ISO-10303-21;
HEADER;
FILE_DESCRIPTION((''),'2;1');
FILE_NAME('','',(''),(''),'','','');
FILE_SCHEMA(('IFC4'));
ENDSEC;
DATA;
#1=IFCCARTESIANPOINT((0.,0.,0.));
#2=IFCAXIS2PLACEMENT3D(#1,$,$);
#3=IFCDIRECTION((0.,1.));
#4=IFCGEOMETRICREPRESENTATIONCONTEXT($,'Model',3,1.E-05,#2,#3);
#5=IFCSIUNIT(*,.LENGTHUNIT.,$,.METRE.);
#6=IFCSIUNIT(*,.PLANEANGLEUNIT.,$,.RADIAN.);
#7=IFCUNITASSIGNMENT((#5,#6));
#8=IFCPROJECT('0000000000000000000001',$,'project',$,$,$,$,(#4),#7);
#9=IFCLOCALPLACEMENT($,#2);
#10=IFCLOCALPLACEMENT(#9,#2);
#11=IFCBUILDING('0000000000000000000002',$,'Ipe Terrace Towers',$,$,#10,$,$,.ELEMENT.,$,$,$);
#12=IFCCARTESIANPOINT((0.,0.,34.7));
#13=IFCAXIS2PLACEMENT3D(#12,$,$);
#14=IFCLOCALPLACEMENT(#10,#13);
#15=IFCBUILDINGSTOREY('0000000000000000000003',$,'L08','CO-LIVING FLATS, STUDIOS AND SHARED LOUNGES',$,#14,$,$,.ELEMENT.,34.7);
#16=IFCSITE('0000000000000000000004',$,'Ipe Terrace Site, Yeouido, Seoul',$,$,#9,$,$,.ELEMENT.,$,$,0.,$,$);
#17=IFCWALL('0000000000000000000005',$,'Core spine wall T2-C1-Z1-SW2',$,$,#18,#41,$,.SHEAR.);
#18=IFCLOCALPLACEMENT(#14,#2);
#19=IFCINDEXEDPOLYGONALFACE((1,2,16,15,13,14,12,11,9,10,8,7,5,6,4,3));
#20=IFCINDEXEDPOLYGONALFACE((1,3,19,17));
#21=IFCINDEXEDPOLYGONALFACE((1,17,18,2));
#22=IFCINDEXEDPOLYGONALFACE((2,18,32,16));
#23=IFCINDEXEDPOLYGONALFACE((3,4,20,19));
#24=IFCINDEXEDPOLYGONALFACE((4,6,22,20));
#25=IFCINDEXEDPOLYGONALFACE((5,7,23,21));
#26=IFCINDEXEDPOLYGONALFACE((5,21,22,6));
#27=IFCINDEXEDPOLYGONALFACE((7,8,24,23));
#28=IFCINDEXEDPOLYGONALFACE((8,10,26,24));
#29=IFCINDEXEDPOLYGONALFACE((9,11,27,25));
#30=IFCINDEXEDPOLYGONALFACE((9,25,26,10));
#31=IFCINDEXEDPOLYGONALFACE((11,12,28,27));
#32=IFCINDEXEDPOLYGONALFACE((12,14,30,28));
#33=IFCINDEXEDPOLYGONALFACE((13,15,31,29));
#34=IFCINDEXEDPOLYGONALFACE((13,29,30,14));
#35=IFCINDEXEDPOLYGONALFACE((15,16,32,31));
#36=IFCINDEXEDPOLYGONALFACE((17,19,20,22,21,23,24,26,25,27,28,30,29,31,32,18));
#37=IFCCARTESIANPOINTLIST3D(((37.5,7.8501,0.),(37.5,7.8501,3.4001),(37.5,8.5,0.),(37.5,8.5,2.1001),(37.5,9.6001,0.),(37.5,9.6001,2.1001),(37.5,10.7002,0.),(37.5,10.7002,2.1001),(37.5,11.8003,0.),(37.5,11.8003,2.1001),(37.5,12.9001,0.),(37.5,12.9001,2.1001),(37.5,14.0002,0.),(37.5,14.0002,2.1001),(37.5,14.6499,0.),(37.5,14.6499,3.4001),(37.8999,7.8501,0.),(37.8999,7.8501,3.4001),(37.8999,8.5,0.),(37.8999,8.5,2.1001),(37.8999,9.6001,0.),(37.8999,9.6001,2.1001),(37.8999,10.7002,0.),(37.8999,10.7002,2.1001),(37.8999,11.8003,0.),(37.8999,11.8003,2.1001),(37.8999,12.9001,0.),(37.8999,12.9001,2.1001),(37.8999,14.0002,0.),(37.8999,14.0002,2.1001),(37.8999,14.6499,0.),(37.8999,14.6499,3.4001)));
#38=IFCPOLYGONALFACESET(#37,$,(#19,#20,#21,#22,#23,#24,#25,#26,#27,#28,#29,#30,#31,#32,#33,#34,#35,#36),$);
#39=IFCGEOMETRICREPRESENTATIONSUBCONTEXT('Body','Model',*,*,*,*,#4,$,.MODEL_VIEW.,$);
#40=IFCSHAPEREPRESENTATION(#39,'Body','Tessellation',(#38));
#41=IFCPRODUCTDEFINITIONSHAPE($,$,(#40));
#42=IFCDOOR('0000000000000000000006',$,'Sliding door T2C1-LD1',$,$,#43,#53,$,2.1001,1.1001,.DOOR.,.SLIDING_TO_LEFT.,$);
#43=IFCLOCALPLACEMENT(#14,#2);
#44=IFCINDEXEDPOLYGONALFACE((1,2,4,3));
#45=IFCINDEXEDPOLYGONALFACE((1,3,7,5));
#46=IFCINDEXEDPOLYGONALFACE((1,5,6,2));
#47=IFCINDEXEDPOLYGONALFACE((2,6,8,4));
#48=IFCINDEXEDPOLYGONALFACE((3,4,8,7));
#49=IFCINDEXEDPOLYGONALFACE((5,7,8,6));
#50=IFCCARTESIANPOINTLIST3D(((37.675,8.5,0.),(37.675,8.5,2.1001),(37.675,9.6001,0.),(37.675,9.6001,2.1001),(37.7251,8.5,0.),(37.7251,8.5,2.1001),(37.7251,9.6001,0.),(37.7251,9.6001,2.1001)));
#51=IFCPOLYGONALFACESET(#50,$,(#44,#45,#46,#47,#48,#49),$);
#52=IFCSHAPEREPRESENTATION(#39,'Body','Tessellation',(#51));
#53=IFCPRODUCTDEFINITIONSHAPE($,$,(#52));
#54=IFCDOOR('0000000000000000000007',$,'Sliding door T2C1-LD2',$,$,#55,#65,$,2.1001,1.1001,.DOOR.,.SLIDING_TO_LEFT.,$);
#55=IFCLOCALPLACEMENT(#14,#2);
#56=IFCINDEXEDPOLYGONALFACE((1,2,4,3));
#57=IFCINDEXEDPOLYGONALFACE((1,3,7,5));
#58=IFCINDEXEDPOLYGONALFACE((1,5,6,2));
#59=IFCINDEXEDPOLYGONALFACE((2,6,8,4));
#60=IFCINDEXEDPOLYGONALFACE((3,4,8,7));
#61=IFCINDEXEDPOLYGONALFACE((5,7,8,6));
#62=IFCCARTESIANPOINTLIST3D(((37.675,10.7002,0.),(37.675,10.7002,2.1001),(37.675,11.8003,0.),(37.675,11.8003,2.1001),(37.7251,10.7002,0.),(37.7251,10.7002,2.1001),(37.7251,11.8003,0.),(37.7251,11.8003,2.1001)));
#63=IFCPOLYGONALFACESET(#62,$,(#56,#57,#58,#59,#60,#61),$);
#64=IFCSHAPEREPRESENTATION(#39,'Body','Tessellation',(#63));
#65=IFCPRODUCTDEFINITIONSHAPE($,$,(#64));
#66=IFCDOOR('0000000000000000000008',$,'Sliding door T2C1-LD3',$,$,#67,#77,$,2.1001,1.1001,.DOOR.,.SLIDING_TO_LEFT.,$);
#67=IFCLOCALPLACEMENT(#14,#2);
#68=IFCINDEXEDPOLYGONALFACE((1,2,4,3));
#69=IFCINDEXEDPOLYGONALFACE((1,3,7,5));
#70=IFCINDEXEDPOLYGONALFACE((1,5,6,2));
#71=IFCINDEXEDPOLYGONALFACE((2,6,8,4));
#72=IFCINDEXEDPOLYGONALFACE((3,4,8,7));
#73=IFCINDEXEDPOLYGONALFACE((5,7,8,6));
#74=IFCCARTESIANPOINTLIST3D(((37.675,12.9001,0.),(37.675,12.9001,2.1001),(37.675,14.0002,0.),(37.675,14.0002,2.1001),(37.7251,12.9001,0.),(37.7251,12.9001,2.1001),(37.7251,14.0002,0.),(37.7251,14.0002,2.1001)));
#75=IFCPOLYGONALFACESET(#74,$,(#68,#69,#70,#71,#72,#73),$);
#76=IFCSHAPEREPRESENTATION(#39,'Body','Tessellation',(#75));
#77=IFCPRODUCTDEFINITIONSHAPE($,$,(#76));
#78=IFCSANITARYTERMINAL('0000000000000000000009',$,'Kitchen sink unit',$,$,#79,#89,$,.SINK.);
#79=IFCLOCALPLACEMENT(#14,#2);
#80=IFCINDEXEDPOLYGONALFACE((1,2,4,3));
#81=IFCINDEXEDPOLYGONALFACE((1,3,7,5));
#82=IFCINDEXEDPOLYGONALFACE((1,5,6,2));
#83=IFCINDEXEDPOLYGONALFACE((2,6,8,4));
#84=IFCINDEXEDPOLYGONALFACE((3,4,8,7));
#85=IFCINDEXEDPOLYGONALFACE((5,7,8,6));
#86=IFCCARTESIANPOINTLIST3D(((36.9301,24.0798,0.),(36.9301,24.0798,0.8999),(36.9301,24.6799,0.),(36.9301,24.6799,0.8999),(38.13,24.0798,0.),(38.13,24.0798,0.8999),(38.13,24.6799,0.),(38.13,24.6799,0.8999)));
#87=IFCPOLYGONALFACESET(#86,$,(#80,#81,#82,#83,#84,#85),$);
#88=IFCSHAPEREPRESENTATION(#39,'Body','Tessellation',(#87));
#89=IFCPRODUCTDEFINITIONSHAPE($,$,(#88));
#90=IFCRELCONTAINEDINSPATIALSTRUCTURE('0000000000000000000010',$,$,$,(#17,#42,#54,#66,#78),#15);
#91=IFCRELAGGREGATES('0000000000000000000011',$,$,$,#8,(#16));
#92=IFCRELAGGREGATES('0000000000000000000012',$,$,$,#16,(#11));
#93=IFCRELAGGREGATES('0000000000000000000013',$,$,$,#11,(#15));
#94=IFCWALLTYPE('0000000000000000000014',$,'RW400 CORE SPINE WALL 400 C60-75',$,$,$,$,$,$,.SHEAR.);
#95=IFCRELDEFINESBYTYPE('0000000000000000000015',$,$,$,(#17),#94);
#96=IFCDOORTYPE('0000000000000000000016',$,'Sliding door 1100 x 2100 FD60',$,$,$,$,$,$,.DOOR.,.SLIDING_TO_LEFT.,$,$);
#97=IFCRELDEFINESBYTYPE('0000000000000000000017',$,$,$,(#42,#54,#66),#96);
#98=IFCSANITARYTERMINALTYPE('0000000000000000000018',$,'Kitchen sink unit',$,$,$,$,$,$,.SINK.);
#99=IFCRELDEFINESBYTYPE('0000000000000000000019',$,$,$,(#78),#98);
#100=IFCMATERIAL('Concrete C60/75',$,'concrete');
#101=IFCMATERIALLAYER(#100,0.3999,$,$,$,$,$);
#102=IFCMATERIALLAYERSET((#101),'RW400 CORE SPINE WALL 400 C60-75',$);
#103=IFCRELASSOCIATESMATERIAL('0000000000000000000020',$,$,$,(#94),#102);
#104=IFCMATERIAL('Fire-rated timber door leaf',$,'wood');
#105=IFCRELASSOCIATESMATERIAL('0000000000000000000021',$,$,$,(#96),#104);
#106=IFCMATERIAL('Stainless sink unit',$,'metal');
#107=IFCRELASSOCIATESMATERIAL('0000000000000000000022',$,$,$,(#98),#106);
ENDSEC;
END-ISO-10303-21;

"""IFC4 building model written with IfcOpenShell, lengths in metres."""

from ifc_helpers import new_model, si_unit, direction, frame, frame_2d, origin, origin_2d, place, context, subcontext, project, spatial, rectangle, extrude, material, layer, layer_set, type_object, element, fill, save


model = new_model("IFC4")

# Units and contexts
model_context = context("Model", 3, precision=1e-05, world=origin(), true_north=direction((0.0, 1.0)))
body_context = subcontext(model_context, "Body", "Model", "MODEL_VIEW")
ifc_project = project(units=[si_unit("LENGTHUNIT", "METRE"), si_unit("PLANEANGLEUNIT", "RADIAN")], contexts=[model_context])

# Site, building, storey
site_placement = place(None, origin())
site = spatial("IfcSite", under=ifc_project, at=site_placement, Name="Ipe Terrace Site, Yeouido, Seoul", CompositionType="ELEMENT", RefElevation=0.0)
building_placement = place(site_placement, origin())
building = spatial("IfcBuilding", under=site, at=building_placement, Name="Ipe Terrace Towers", CompositionType="ELEMENT")
storey_placement = place(building_placement, frame((0.0, 0.0, 34.7)))
storey = spatial("IfcBuildingStorey", under=building, at=storey_placement, Name="L08", Description="CO-LIVING FLATS, STUDIOS AND SHARED LOUNGES", CompositionType="ELEMENT", Elevation=34.7)

# Wall, openings, doors
ifc_material_1 = material(Name="Concrete C60/75", Category="concrete")
ifc_layer_1 = layer(ifc_material_1, 0.3999)
ifc_layer_set_1 = layer_set([ifc_layer_1], Name="RW400 CORE SPINE WALL 400 C60-75")
wall_type_1 = type_object("IfcWallType", Name="RW400 CORE SPINE WALL 400 C60-75", PredefinedType="SHEAR", material=ifc_layer_set_1)
wall_1_placement = place(storey_placement, frame((37.7, 7.8501, 0.0), z_axis=(0.0, 0.0, 1.0), x_axis=(0.0, 1.0, 0.0)))
wall_1 = element("IfcWall", 1, at=wall_1_placement, inside=storey, type_object=wall_type_1, Name="Core spine wall T2-C1-Z1-SW2", PredefinedType="SHEAR", context=body_context, shape_type="SweptSolid", body=[
    extrude(rectangle(XDim=6.7998, YDim=0.3999, at=frame_2d((3.3999, 0.0))), origin(), (0.0, 0.0, 1.0), 3.4001),
])
opening_1_placement = place(wall_1_placement, frame((0.6499, 0.0, 0.0)))
opening_1 = element("IfcOpeningElement", 2, at=opening_1_placement, cuts=wall_1, PredefinedType="OPENING", context=body_context, shape_type="SweptSolid", body=[
    extrude(rectangle(XDim=1.1001, YDim=2.1001, at=frame_2d((0.55, 1.05))), frame((0.0, 0.21, 0.0), z_axis=(0.0, -1.0, 0.0), x_axis=(1.0, 0.0, 0.0)), (0.0, 0.0, 1.0), 0.4199),
])
opening_2_placement = place(wall_1_placement, frame((2.8501, 0.0, 0.0)))
opening_2 = element("IfcOpeningElement", 3, at=opening_2_placement, cuts=wall_1, PredefinedType="OPENING", context=body_context, shape_type="SweptSolid", body=[
    extrude(rectangle(XDim=1.1001, YDim=2.1001, at=frame_2d((0.55, 1.05))), frame((0.0, 0.21, 0.0), z_axis=(0.0, -1.0, 0.0), x_axis=(1.0, 0.0, 0.0)), (0.0, 0.0, 1.0), 0.4199),
])
opening_3_placement = place(wall_1_placement, frame((5.05, 0.0, 0.0)))
opening_3 = element("IfcOpeningElement", 4, at=opening_3_placement, cuts=wall_1, PredefinedType="OPENING", context=body_context, shape_type="SweptSolid", body=[
    extrude(rectangle(XDim=1.1001, YDim=2.1001, at=frame_2d((0.55, 1.05))), frame((0.0, 0.21, 0.0), z_axis=(0.0, -1.0, 0.0), x_axis=(1.0, 0.0, 0.0)), (0.0, 0.0, 1.0), 0.4199),
])
ifc_material_2 = material(Name="Fire-rated timber door leaf", Category="wood")
door_type_1 = type_object("IfcDoorType", Name="Sliding door 1100 x 2100 FD60", OperationType="SLIDING_TO_LEFT", PredefinedType="DOOR", material=ifc_material_2)
door_1_placement = place(opening_1_placement, origin())
door_1 = element("IfcDoor", 5, at=door_1_placement, inside=storey, type_object=door_type_1, Name="Sliding door T2C1-LD1", OperationType="SLIDING_TO_LEFT", OverallHeight=2.1001, OverallWidth=1.1001, PredefinedType="DOOR", context=body_context, shape_type="SweptSolid", body=[
    extrude(rectangle(XDim=1.1001, YDim=2.1001, at=frame_2d((0.55, 1.05))), frame((0.0, 0.0249, 0.0), z_axis=(0.0, -1.0, 0.0), x_axis=(1.0, 0.0, 0.0)), (0.0, 0.0, 1.0), 0.05),
])
fill(opening_1, door_1)
door_2_placement = place(opening_2_placement, origin())
door_2 = element("IfcDoor", 6, at=door_2_placement, inside=storey, type_object=door_type_1, Name="Sliding door T2C1-LD2", OperationType="SLIDING_TO_LEFT", OverallHeight=2.1001, OverallWidth=1.1001, PredefinedType="DOOR", context=body_context, shape_type="SweptSolid", body=[
    extrude(rectangle(XDim=1.1001, YDim=2.1001, at=frame_2d((0.55, 1.05))), frame((0.0, 0.0249, 0.0), z_axis=(0.0, -1.0, 0.0), x_axis=(1.0, 0.0, 0.0)), (0.0, 0.0, 1.0), 0.05),
])
fill(opening_2, door_2)
door_3_placement = place(opening_3_placement, origin())
door_3 = element("IfcDoor", 7, at=door_3_placement, inside=storey, type_object=door_type_1, Name="Sliding door T2C1-LD3", OperationType="SLIDING_TO_LEFT", OverallHeight=2.1001, OverallWidth=1.1001, PredefinedType="DOOR", context=body_context, shape_type="SweptSolid", body=[
    extrude(rectangle(XDim=1.1001, YDim=2.1001, at=frame_2d((0.55, 1.05))), frame((0.0, 0.0249, 0.0), z_axis=(0.0, -1.0, 0.0), x_axis=(1.0, 0.0, 0.0)), (0.0, 0.0, 1.0), 0.05),
])
fill(opening_3, door_3)

# Sanitary terminal
ifc_material_3 = material(Name="Stainless sink unit", Category="metal")
sanitary_terminal_type = type_object("IfcSanitaryTerminalType", Name="Kitchen sink unit", PredefinedType="SINK", material=ifc_material_3)
sanitary_terminal_placement = place(storey_placement, frame((37.53, 24.3799, 0.0), z_axis=(0.0, 0.0, 1.0), x_axis=(1.0, 0.0, 0.0)))
element("IfcSanitaryTerminal", 8, at=sanitary_terminal_placement, inside=storey, type_object=sanitary_terminal_type, Name="Kitchen sink unit", PredefinedType="SINK", context=body_context, shape_type="SweptSolid", body=[
    extrude(rectangle(XDim=1.2, YDim=0.6001, at=origin_2d()), origin(), (0.0, 0.0, 1.0), 0.8999),
])

save(model, "model.ifc")
